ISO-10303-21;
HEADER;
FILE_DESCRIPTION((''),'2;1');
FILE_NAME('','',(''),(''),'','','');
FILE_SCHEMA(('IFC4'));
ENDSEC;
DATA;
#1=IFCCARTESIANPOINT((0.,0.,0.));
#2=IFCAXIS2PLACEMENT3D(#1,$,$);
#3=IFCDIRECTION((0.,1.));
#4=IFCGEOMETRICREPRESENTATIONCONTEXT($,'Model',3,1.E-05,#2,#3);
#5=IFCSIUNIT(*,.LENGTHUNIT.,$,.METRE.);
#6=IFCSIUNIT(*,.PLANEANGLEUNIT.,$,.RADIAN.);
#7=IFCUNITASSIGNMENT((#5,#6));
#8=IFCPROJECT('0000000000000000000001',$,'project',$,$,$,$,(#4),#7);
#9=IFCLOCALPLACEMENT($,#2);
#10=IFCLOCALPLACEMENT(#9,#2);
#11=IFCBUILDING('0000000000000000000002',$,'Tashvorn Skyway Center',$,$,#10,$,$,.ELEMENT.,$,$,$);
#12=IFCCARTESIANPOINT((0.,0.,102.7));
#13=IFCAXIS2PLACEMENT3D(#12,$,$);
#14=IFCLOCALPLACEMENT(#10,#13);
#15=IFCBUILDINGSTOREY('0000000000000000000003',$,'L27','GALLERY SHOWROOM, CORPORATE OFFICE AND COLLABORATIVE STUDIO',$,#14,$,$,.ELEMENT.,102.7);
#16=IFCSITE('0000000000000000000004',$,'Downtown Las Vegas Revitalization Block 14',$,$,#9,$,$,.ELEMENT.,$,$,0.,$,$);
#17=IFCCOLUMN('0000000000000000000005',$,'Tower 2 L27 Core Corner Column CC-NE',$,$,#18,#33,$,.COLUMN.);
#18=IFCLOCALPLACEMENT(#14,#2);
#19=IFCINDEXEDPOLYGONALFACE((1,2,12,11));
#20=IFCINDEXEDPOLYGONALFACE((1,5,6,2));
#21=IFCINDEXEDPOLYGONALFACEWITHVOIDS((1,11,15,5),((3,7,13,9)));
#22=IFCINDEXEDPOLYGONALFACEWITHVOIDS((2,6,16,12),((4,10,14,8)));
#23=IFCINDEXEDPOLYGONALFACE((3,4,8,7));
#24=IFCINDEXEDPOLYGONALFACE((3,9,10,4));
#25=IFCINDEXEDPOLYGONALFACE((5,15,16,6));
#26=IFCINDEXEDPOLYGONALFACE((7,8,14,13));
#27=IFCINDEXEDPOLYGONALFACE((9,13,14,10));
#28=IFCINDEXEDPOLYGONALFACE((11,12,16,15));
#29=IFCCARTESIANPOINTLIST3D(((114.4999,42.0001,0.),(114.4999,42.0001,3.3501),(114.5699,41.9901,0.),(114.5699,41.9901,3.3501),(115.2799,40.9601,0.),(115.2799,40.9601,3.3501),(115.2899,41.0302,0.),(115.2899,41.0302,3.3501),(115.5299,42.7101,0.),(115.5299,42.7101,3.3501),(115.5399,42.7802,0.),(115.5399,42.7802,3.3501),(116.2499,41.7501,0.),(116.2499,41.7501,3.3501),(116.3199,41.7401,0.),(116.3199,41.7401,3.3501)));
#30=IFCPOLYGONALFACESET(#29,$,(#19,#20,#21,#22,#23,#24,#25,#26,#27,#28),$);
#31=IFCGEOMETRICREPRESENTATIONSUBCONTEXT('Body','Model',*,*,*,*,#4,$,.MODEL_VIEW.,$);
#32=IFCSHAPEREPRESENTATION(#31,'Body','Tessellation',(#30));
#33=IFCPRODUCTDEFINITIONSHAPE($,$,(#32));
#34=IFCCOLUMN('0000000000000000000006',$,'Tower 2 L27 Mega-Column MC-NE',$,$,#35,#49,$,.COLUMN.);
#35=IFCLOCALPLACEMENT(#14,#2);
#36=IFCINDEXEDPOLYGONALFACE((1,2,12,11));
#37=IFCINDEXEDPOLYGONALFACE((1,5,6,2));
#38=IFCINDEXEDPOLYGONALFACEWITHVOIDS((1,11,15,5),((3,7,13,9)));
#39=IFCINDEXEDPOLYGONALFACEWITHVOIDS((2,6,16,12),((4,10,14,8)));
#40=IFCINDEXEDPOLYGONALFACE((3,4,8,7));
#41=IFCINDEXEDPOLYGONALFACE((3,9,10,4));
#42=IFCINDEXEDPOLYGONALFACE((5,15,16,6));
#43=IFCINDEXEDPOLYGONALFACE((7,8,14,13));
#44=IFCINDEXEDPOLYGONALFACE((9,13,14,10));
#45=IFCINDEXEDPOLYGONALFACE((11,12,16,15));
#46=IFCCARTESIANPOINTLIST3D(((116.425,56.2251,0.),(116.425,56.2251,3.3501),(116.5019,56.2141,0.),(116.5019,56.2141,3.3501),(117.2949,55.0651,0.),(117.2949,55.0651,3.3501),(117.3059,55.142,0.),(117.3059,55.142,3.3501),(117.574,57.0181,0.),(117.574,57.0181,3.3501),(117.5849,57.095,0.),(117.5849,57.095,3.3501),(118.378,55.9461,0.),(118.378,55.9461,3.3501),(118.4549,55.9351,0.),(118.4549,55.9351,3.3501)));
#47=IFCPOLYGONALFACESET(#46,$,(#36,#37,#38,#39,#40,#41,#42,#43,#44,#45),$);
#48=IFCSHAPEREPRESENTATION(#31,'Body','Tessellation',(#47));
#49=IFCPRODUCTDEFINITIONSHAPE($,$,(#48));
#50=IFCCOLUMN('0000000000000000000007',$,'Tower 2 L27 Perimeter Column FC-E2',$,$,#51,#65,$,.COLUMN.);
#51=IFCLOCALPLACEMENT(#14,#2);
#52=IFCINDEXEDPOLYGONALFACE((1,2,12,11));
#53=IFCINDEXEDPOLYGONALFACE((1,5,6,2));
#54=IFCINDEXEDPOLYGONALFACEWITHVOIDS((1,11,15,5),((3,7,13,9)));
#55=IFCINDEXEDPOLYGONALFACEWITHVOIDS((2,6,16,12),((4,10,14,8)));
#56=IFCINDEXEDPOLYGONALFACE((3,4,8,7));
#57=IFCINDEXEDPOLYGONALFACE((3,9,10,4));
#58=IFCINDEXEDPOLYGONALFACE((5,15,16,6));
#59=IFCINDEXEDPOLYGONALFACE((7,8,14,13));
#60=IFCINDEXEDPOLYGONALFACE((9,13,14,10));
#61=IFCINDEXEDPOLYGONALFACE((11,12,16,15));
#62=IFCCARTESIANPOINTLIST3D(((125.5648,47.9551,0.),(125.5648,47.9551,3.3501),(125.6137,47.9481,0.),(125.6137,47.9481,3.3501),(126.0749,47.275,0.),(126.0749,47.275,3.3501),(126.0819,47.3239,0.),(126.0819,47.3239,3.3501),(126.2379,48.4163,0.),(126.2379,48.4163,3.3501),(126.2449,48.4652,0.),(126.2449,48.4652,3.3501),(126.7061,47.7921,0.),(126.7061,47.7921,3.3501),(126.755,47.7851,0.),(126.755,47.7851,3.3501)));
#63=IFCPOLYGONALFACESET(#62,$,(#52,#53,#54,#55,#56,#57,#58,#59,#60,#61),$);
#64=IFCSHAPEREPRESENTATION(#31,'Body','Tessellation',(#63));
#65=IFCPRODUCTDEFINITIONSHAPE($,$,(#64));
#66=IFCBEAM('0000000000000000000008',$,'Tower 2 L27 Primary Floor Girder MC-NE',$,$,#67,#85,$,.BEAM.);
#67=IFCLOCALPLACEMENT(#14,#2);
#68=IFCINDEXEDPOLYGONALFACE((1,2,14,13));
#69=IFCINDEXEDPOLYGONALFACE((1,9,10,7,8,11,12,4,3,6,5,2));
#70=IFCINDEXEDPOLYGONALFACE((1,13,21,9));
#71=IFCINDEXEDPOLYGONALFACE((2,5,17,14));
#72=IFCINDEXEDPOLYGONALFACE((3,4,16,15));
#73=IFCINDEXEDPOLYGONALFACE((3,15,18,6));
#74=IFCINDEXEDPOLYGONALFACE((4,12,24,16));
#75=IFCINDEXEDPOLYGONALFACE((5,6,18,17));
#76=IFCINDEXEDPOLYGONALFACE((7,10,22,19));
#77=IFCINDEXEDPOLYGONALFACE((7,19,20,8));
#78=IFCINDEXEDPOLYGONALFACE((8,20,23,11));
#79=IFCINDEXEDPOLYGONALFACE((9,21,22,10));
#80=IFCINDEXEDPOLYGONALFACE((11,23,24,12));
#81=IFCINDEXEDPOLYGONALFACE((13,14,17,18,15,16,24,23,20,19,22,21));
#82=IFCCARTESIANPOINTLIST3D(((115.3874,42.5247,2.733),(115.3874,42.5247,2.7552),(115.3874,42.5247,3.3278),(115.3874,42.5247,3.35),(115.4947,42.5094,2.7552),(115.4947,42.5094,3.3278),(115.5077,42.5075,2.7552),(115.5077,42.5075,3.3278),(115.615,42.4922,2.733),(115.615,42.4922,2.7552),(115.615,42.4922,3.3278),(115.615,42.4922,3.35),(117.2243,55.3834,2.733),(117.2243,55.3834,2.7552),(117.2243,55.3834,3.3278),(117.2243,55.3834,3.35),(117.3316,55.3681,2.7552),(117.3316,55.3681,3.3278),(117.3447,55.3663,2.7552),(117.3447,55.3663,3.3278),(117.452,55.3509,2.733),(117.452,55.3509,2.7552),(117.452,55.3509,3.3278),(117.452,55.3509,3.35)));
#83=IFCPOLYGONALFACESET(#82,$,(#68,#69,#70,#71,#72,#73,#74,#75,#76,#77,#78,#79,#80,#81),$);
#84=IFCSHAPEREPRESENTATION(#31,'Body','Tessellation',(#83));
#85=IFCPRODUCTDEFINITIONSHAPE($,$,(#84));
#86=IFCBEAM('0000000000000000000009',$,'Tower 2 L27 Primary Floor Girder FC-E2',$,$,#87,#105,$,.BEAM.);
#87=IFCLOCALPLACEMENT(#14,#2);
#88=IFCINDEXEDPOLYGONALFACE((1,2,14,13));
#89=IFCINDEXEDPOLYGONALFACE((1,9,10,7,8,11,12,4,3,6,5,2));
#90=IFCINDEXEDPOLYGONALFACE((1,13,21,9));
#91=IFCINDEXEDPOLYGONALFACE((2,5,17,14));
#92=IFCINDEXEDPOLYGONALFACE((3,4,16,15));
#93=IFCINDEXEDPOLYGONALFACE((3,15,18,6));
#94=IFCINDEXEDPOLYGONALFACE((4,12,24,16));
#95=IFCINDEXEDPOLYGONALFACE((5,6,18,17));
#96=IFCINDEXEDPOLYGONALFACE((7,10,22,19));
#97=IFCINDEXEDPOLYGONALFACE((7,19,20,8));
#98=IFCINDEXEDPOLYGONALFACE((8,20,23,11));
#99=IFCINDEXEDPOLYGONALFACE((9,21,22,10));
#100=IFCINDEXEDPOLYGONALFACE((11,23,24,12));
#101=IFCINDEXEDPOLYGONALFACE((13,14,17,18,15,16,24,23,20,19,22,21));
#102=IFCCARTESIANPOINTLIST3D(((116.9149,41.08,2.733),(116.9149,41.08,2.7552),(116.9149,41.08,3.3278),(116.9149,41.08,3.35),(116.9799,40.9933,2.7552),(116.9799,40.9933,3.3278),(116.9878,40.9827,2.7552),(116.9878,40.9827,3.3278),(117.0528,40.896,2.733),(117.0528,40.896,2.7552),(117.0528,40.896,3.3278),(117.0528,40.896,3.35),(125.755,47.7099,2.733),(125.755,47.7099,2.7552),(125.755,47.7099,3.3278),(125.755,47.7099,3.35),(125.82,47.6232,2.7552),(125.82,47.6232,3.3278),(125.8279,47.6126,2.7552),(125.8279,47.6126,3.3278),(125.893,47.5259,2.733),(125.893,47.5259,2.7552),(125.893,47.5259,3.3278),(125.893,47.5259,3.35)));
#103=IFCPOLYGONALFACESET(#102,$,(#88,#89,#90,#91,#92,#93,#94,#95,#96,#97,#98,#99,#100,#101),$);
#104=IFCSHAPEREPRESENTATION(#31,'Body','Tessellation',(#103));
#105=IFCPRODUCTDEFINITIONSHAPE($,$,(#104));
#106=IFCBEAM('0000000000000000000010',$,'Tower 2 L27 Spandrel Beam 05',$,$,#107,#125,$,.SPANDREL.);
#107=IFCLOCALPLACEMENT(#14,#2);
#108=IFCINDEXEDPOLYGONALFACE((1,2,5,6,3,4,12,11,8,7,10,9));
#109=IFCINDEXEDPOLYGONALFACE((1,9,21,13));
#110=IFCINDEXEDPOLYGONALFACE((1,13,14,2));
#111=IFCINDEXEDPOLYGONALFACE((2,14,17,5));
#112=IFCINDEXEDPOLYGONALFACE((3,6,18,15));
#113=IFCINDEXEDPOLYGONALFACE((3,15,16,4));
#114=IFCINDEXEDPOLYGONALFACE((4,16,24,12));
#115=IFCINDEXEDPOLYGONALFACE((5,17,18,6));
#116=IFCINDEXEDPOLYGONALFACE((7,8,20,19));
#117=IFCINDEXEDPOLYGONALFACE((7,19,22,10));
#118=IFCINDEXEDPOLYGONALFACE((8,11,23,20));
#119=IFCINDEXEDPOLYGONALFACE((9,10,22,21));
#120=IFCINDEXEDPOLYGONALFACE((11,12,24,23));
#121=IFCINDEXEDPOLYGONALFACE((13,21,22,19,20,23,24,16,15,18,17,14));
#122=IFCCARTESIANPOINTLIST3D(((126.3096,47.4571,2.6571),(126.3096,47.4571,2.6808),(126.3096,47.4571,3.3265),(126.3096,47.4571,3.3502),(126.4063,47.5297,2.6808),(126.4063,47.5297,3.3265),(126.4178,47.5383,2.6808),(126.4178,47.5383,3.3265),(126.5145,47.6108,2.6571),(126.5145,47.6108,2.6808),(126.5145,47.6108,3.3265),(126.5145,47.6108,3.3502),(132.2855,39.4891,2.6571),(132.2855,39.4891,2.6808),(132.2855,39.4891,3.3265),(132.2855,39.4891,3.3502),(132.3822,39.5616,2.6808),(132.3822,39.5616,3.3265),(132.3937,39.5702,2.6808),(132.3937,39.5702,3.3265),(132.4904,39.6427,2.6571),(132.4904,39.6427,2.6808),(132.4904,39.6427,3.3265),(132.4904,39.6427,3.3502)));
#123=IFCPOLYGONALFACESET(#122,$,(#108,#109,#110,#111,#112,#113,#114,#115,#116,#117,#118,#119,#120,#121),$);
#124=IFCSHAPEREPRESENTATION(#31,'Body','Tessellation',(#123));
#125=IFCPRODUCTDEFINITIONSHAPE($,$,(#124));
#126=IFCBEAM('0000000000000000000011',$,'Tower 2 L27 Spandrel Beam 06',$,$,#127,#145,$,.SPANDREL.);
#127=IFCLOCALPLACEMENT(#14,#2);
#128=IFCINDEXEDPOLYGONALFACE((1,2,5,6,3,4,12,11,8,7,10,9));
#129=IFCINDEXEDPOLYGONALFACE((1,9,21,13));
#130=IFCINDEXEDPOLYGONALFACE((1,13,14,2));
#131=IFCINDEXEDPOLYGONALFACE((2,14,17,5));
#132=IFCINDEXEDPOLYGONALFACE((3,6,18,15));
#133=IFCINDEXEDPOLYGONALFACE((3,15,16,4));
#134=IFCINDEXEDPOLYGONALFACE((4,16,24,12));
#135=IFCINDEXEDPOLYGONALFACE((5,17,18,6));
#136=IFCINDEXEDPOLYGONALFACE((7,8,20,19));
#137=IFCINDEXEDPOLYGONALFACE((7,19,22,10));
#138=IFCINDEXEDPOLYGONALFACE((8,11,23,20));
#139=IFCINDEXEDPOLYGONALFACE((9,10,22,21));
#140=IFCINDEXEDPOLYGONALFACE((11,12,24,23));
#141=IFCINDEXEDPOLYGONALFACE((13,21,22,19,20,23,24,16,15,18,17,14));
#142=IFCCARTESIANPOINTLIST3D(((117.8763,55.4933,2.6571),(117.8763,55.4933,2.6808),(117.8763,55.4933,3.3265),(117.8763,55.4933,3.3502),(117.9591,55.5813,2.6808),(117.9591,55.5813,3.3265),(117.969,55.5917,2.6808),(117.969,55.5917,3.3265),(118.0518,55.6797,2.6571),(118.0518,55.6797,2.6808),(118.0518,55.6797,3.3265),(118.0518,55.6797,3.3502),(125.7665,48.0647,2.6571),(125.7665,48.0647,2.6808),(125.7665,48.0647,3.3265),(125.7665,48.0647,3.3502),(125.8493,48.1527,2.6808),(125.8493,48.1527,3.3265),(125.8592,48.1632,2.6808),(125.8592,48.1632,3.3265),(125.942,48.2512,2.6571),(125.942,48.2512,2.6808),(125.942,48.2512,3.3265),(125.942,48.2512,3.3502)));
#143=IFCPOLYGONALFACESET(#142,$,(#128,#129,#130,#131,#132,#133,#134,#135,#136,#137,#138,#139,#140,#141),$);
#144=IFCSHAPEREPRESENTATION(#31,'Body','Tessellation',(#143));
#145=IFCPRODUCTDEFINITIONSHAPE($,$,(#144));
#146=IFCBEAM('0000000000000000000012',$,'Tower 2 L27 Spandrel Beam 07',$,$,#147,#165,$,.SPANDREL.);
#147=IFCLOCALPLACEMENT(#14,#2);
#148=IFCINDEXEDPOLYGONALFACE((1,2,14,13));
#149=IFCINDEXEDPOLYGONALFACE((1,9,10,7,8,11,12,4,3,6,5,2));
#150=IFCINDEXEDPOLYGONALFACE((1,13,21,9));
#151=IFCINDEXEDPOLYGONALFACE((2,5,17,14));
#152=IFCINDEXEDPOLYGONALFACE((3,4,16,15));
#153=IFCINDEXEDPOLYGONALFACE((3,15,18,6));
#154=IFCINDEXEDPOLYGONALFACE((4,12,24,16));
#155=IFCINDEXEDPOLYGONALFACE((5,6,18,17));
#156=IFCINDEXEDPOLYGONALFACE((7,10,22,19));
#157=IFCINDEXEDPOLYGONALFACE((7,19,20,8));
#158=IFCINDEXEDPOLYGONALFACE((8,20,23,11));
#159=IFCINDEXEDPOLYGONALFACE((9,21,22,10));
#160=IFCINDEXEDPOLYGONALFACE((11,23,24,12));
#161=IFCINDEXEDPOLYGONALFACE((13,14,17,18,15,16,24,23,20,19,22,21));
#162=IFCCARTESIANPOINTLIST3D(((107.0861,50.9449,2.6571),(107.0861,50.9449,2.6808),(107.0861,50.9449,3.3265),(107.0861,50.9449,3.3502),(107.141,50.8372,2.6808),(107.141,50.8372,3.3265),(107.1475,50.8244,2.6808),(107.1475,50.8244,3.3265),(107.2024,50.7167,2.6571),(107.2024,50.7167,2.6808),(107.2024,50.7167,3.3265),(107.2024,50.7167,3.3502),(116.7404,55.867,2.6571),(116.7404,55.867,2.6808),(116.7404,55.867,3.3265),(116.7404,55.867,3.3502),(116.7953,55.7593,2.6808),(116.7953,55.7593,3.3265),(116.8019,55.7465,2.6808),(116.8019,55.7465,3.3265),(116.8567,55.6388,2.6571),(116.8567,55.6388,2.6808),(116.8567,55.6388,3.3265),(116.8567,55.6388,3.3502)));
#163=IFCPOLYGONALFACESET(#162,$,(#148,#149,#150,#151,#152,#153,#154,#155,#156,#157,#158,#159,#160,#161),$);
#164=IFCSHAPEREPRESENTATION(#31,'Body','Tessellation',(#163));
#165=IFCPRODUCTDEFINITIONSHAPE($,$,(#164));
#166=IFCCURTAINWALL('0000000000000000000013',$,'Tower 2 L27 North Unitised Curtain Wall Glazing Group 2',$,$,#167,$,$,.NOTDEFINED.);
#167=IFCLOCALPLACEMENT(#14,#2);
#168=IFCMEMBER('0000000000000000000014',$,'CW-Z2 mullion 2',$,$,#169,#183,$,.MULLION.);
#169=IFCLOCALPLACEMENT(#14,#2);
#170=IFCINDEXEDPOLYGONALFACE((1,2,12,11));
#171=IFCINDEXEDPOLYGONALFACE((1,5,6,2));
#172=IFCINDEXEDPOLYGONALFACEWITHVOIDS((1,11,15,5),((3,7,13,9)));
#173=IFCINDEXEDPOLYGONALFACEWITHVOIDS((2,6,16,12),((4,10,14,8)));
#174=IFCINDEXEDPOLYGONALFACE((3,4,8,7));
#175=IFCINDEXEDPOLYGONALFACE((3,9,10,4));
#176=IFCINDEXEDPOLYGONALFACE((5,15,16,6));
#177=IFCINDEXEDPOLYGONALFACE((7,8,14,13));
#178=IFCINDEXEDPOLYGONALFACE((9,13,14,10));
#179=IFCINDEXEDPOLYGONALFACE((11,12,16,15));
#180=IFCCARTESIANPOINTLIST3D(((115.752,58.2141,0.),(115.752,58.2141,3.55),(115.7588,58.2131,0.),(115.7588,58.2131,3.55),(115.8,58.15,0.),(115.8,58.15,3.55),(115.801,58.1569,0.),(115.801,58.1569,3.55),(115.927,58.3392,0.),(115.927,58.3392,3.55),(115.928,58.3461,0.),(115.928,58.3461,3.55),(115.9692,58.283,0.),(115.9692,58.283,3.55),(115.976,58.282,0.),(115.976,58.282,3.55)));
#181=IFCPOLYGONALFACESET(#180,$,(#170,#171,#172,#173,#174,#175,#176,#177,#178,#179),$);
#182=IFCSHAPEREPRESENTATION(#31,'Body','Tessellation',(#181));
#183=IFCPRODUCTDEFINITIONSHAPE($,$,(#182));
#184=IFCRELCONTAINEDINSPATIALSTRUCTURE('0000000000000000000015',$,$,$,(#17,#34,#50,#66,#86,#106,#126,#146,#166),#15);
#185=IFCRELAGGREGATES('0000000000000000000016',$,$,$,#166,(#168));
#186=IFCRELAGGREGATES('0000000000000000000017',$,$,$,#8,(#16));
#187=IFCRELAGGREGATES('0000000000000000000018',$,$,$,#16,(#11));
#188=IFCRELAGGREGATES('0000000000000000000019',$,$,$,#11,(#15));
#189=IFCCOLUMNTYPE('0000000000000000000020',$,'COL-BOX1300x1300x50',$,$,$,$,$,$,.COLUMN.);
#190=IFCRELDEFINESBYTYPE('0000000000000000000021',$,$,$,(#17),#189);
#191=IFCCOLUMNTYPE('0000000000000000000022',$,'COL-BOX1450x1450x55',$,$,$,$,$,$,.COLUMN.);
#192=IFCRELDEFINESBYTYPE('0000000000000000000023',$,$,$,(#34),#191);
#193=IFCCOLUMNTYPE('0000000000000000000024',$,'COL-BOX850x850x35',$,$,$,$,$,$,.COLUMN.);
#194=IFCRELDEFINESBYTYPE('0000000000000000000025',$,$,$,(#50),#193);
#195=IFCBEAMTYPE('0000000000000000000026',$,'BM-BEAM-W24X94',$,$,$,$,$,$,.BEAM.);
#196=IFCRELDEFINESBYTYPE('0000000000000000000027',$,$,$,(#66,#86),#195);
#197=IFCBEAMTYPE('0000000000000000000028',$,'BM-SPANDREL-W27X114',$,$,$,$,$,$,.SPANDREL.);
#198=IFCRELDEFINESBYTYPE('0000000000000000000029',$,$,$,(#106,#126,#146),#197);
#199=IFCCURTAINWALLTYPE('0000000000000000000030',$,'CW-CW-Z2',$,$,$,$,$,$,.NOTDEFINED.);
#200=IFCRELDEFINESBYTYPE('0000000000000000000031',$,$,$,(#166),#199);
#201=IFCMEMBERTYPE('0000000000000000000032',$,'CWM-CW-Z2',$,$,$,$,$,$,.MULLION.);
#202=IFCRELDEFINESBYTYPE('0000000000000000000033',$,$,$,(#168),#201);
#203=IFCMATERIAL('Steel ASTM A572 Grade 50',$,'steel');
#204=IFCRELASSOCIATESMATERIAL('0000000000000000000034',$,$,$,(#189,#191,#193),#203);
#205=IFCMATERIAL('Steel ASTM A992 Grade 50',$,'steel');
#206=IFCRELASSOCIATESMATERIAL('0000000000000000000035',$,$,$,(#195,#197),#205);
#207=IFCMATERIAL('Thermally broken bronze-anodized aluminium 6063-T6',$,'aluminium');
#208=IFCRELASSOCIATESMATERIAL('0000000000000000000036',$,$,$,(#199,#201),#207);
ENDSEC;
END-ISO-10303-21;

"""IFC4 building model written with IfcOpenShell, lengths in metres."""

from ifc_helpers import new_model, si_unit, direction, frame, origin, origin_2d, place, context, subcontext, project, spatial, hollow_rectangle, i_section, extrude, material, material_profile, profile_set, type_object, element, aggregate, save


model = new_model("IFC4")

# Units and contexts
model_context = context("Model", 3, precision=1e-05, world=origin(), true_north=direction((0.0, 1.0)))
body_context = subcontext(model_context, "Body", "Model", "MODEL_VIEW")
ifc_project = project(units=[si_unit("LENGTHUNIT", "METRE"), si_unit("PLANEANGLEUNIT", "RADIAN")], contexts=[model_context])

# Site, building, storey
site_placement = place(None, origin())
site = spatial("IfcSite", under=ifc_project, at=site_placement, Name="Downtown Las Vegas Revitalization Block 14", CompositionType="ELEMENT", RefElevation=0.0)
building_placement = place(site_placement, origin())
building = spatial("IfcBuilding", under=site, at=building_placement, Name="Tashvorn Skyway Center", CompositionType="ELEMENT")
storey_placement = place(building_placement, frame((0.0, 0.0, 102.7)))
storey = spatial("IfcBuildingStorey", under=building, at=storey_placement, Name="L27", Description="GALLERY SHOWROOM, CORPORATE OFFICE AND COLLABORATIVE STUDIO", CompositionType="ELEMENT", Elevation=102.7)

# Columns
ifc_material_1 = material(Name="Steel ASTM A572 Grade 50", Category="steel")
ifc_material_profile_1 = material_profile(ifc_material_1, hollow_rectangle(XDim=1.3, YDim=1.3, WallThickness=0.05, at=origin_2d()), Name="BOX1300x1300x50")
ifc_profile_set_1 = profile_set([ifc_material_profile_1], Name="Steel ASTM A572 Grade 50")
column_type_1 = type_object("IfcColumnType", Name="COL-BOX1300x1300x50", PredefinedType="COLUMN", material=ifc_profile_set_1)
column_1_placement = place(storey_placement, frame((115.4099, 41.8701, 0.0), z_axis=(0.0, 0.0, 1.0), x_axis=(0.8, 0.6, 0.0)))
element("IfcColumn", 1, at=column_1_placement, inside=storey, type_object=column_type_1, Name="Tower 2 L27 Core Corner Column CC-NE", PredefinedType="COLUMN", context=body_context, shape_type="SweptSolid", body=[
    extrude(hollow_rectangle(XDim=1.3, YDim=1.3, WallThickness=0.05, at=origin_2d()), origin(), (0.0, 0.0, 1.0), 3.3501),
])
ifc_material_profile_2 = material_profile(ifc_material_1, hollow_rectangle(XDim=1.45, YDim=1.45, WallThickness=0.0549, at=origin_2d()), Name="BOX1450x1450x55")
ifc_profile_set_2 = profile_set([ifc_material_profile_2], Name="Steel ASTM A572 Grade 50")
column_type_2 = type_object("IfcColumnType", Name="COL-BOX1450x1450x55", PredefinedType="COLUMN", material=ifc_profile_set_2)
column_2_placement = place(storey_placement, frame((117.4399, 56.0801, 0.0), z_axis=(0.0, 0.0, 1.0), x_axis=(0.8, 0.6, 0.0)))
element("IfcColumn", 2, at=column_2_placement, inside=storey, type_object=column_type_2, Name="Tower 2 L27 Mega-Column MC-NE", PredefinedType="COLUMN", context=body_context, shape_type="SweptSolid", body=[
    extrude(hollow_rectangle(XDim=1.45, YDim=1.45, WallThickness=0.0549, at=origin_2d()), origin(), (0.0, 0.0, 1.0), 3.3501),
])
ifc_material_profile_3 = material_profile(ifc_material_1, hollow_rectangle(XDim=0.8501, YDim=0.8501, WallThickness=0.0349, at=origin_2d()), Name="BOX850x850x35")
ifc_profile_set_3 = profile_set([ifc_material_profile_3], Name="Steel ASTM A572 Grade 50")
column_type_3 = type_object("IfcColumnType", Name="COL-BOX850x850x35", PredefinedType="COLUMN", material=ifc_profile_set_3)
column_3_placement = place(storey_placement, frame((126.1599, 47.8701, 0.0), z_axis=(0.0, 0.0, 1.0), x_axis=(0.8, 0.6, 0.0)))
element("IfcColumn", 3, at=column_3_placement, inside=storey, type_object=column_type_3, Name="Tower 2 L27 Perimeter Column FC-E2", PredefinedType="COLUMN", context=body_context, shape_type="SweptSolid", body=[
    extrude(hollow_rectangle(XDim=0.8501, YDim=0.8501, WallThickness=0.0349, at=origin_2d()), origin(), (0.0, 0.0, 1.0), 3.3501),
])

# Beams
ifc_material_2 = material(Name="Steel ASTM A992 Grade 50", Category="steel")
ifc_material_profile_4 = material_profile(ifc_material_2, i_section(OverallWidth=0.23, OverallDepth=0.6169, WebThickness=0.0132, FlangeThickness=0.0222, at=origin_2d()), Name="W24X94")
ifc_profile_set_4 = profile_set([ifc_material_profile_4], Name="Steel ASTM A992 Grade 50")
beam_type_1 = type_object("IfcBeamType", Name="BM-BEAM-W24X94", PredefinedType="BEAM", material=ifc_profile_set_4)
beam_1_placement = place(storey_placement, frame((117.3381, 55.3672, 3.0415), z_axis=(-0.141419, -0.98995, 0.0), x_axis=(0.98995, -0.141419, 0.0)))
element("IfcBeam", 4, at=beam_1_placement, inside=storey, type_object=beam_type_1, Name="Tower 2 L27 Primary Floor Girder MC-NE", PredefinedType="BEAM", context=body_context, shape_type="SweptSolid", body=[
    extrude(i_section(OverallWidth=0.23, OverallDepth=0.6169, WebThickness=0.0132, FlangeThickness=0.0222, at=origin_2d()), origin(), (0.0, 0.0, 1.0), 12.9893),
])
beam_2_placement = place(storey_placement, frame((125.824, 47.6179, 3.0415), z_axis=(-0.800008, -0.599989, 0.0), x_axis=(0.599989, -0.800008, 0.0)))
element("IfcBeam", 5, at=beam_2_placement, inside=storey, type_object=beam_type_1, Name="Tower 2 L27 Primary Floor Girder FC-E2", PredefinedType="BEAM", context=body_context, shape_type="SweptSolid", body=[
    extrude(i_section(OverallWidth=0.23, OverallDepth=0.6169, WebThickness=0.0132, FlangeThickness=0.0222, at=origin_2d()), origin(), (0.0, 0.0, 1.0), 11.05),
])
ifc_material_profile_5 = material_profile(ifc_material_2, i_section(OverallWidth=0.2561, OverallDepth=0.6931, WebThickness=0.0144, FlangeThickness=0.0237, at=origin_2d()), Name="W27X114")
ifc_profile_set_5 = profile_set([ifc_material_profile_5], Name="Steel ASTM A992 Grade 50")
beam_type_2 = type_object("IfcBeamType", Name="BM-SPANDREL-W27X114", PredefinedType="SPANDREL", material=ifc_profile_set_5)
beam_3_placement = place(storey_placement, frame((132.3879, 39.5659, 3.0037), z_axis=(-0.599988, 0.800009, 0.0), x_axis=(-0.800009, -0.599988, 0.0)))
element("IfcBeam", 6, at=beam_3_placement, inside=storey, type_object=beam_type_2, Name="Tower 2 L27 Spandrel Beam 05", PredefinedType="SPANDREL", context=body_context, shape_type="SweptSolid", body=[
    extrude(i_section(OverallWidth=0.2561, OverallDepth=0.6931, WebThickness=0.0144, FlangeThickness=0.0237, at=origin_2d()), origin(), (0.0, 0.0, 1.0), 9.96),
])
beam_4_placement = place(storey_placement, frame((125.8542, 48.158, 3.0037), z_axis=(-0.728087, 0.685485, 0.0), x_axis=(-0.685485, -0.728087, 0.0)))
element("IfcBeam", 7, at=beam_4_placement, inside=storey, type_object=beam_type_2, Name="Tower 2 L27 Spandrel Beam 06", PredefinedType="SPANDREL", context=body_context, shape_type="SweptSolid", body=[
    extrude(i_section(OverallWidth=0.2561, OverallDepth=0.6931, WebThickness=0.0144, FlangeThickness=0.0237, at=origin_2d()), origin(), (0.0, 0.0, 1.0), 10.8369),
])
beam_5_placement = place(storey_placement, frame((116.7986, 55.7529, 3.0037), z_axis=(-0.890894, -0.454211, 0.0), x_axis=(0.454211, -0.890894, 0.0)))
element("IfcBeam", 8, at=beam_5_placement, inside=storey, type_object=beam_type_2, Name="Tower 2 L27 Spandrel Beam 07", PredefinedType="SPANDREL", context=body_context, shape_type="SweptSolid", body=[
    extrude(i_section(OverallWidth=0.2561, OverallDepth=0.6931, WebThickness=0.0144, FlangeThickness=0.0237, at=origin_2d()), origin(), (0.0, 0.0, 1.0), 10.8367),
])

# Curtain wall, member
ifc_material_3 = material(Name="Thermally broken bronze-anodized aluminium 6063-T6", Category="aluminium")
curtain_wall_type = type_object("IfcCurtainWallType", Name="CW-CW-Z2", PredefinedType="NOTDEFINED", material=ifc_material_3)
curtain_wall_1_placement = place(storey_placement, origin())
curtain_wall_1 = element("IfcCurtainWall", 9, at=curtain_wall_1_placement, inside=storey, type_object=curtain_wall_type, Name="Tower 2 L27 North Unitised Curtain Wall Glazing Group 2", PredefinedType="NOTDEFINED")
ifc_material_profile_6 = material_profile(ifc_material_3, hollow_rectangle(XDim=0.0801, YDim=0.22, WallThickness=0.0049, at=origin_2d()), Name="ALU-MULL-80x220")
ifc_profile_set_6 = profile_set([ifc_material_profile_6], Name="Thermally broken bronze-anodized aluminium 6063-T6")
member_type_1 = type_object("IfcMemberType", Name="CWM-CW-Z2", PredefinedType="MULLION", material=ifc_profile_set_6)
member_1_placement = place(storey_placement, frame((115.864, 58.248, 0.0), z_axis=(0.0, 0.0, 1.0), x_axis=(-0.6, 0.8, 0.0)))
member_1 = element("IfcMember", 10, at=member_1_placement, type_object=member_type_1, Name="CW-Z2 mullion 2", PredefinedType="MULLION", context=body_context, shape_type="SweptSolid", body=[
    extrude(hollow_rectangle(XDim=0.0801, YDim=0.22, WallThickness=0.0049, at=origin_2d()), origin(), (0.0, 0.0, 1.0), 3.55),
])
aggregate(curtain_wall_1, [member_1])

save(model, "model.ifc")
